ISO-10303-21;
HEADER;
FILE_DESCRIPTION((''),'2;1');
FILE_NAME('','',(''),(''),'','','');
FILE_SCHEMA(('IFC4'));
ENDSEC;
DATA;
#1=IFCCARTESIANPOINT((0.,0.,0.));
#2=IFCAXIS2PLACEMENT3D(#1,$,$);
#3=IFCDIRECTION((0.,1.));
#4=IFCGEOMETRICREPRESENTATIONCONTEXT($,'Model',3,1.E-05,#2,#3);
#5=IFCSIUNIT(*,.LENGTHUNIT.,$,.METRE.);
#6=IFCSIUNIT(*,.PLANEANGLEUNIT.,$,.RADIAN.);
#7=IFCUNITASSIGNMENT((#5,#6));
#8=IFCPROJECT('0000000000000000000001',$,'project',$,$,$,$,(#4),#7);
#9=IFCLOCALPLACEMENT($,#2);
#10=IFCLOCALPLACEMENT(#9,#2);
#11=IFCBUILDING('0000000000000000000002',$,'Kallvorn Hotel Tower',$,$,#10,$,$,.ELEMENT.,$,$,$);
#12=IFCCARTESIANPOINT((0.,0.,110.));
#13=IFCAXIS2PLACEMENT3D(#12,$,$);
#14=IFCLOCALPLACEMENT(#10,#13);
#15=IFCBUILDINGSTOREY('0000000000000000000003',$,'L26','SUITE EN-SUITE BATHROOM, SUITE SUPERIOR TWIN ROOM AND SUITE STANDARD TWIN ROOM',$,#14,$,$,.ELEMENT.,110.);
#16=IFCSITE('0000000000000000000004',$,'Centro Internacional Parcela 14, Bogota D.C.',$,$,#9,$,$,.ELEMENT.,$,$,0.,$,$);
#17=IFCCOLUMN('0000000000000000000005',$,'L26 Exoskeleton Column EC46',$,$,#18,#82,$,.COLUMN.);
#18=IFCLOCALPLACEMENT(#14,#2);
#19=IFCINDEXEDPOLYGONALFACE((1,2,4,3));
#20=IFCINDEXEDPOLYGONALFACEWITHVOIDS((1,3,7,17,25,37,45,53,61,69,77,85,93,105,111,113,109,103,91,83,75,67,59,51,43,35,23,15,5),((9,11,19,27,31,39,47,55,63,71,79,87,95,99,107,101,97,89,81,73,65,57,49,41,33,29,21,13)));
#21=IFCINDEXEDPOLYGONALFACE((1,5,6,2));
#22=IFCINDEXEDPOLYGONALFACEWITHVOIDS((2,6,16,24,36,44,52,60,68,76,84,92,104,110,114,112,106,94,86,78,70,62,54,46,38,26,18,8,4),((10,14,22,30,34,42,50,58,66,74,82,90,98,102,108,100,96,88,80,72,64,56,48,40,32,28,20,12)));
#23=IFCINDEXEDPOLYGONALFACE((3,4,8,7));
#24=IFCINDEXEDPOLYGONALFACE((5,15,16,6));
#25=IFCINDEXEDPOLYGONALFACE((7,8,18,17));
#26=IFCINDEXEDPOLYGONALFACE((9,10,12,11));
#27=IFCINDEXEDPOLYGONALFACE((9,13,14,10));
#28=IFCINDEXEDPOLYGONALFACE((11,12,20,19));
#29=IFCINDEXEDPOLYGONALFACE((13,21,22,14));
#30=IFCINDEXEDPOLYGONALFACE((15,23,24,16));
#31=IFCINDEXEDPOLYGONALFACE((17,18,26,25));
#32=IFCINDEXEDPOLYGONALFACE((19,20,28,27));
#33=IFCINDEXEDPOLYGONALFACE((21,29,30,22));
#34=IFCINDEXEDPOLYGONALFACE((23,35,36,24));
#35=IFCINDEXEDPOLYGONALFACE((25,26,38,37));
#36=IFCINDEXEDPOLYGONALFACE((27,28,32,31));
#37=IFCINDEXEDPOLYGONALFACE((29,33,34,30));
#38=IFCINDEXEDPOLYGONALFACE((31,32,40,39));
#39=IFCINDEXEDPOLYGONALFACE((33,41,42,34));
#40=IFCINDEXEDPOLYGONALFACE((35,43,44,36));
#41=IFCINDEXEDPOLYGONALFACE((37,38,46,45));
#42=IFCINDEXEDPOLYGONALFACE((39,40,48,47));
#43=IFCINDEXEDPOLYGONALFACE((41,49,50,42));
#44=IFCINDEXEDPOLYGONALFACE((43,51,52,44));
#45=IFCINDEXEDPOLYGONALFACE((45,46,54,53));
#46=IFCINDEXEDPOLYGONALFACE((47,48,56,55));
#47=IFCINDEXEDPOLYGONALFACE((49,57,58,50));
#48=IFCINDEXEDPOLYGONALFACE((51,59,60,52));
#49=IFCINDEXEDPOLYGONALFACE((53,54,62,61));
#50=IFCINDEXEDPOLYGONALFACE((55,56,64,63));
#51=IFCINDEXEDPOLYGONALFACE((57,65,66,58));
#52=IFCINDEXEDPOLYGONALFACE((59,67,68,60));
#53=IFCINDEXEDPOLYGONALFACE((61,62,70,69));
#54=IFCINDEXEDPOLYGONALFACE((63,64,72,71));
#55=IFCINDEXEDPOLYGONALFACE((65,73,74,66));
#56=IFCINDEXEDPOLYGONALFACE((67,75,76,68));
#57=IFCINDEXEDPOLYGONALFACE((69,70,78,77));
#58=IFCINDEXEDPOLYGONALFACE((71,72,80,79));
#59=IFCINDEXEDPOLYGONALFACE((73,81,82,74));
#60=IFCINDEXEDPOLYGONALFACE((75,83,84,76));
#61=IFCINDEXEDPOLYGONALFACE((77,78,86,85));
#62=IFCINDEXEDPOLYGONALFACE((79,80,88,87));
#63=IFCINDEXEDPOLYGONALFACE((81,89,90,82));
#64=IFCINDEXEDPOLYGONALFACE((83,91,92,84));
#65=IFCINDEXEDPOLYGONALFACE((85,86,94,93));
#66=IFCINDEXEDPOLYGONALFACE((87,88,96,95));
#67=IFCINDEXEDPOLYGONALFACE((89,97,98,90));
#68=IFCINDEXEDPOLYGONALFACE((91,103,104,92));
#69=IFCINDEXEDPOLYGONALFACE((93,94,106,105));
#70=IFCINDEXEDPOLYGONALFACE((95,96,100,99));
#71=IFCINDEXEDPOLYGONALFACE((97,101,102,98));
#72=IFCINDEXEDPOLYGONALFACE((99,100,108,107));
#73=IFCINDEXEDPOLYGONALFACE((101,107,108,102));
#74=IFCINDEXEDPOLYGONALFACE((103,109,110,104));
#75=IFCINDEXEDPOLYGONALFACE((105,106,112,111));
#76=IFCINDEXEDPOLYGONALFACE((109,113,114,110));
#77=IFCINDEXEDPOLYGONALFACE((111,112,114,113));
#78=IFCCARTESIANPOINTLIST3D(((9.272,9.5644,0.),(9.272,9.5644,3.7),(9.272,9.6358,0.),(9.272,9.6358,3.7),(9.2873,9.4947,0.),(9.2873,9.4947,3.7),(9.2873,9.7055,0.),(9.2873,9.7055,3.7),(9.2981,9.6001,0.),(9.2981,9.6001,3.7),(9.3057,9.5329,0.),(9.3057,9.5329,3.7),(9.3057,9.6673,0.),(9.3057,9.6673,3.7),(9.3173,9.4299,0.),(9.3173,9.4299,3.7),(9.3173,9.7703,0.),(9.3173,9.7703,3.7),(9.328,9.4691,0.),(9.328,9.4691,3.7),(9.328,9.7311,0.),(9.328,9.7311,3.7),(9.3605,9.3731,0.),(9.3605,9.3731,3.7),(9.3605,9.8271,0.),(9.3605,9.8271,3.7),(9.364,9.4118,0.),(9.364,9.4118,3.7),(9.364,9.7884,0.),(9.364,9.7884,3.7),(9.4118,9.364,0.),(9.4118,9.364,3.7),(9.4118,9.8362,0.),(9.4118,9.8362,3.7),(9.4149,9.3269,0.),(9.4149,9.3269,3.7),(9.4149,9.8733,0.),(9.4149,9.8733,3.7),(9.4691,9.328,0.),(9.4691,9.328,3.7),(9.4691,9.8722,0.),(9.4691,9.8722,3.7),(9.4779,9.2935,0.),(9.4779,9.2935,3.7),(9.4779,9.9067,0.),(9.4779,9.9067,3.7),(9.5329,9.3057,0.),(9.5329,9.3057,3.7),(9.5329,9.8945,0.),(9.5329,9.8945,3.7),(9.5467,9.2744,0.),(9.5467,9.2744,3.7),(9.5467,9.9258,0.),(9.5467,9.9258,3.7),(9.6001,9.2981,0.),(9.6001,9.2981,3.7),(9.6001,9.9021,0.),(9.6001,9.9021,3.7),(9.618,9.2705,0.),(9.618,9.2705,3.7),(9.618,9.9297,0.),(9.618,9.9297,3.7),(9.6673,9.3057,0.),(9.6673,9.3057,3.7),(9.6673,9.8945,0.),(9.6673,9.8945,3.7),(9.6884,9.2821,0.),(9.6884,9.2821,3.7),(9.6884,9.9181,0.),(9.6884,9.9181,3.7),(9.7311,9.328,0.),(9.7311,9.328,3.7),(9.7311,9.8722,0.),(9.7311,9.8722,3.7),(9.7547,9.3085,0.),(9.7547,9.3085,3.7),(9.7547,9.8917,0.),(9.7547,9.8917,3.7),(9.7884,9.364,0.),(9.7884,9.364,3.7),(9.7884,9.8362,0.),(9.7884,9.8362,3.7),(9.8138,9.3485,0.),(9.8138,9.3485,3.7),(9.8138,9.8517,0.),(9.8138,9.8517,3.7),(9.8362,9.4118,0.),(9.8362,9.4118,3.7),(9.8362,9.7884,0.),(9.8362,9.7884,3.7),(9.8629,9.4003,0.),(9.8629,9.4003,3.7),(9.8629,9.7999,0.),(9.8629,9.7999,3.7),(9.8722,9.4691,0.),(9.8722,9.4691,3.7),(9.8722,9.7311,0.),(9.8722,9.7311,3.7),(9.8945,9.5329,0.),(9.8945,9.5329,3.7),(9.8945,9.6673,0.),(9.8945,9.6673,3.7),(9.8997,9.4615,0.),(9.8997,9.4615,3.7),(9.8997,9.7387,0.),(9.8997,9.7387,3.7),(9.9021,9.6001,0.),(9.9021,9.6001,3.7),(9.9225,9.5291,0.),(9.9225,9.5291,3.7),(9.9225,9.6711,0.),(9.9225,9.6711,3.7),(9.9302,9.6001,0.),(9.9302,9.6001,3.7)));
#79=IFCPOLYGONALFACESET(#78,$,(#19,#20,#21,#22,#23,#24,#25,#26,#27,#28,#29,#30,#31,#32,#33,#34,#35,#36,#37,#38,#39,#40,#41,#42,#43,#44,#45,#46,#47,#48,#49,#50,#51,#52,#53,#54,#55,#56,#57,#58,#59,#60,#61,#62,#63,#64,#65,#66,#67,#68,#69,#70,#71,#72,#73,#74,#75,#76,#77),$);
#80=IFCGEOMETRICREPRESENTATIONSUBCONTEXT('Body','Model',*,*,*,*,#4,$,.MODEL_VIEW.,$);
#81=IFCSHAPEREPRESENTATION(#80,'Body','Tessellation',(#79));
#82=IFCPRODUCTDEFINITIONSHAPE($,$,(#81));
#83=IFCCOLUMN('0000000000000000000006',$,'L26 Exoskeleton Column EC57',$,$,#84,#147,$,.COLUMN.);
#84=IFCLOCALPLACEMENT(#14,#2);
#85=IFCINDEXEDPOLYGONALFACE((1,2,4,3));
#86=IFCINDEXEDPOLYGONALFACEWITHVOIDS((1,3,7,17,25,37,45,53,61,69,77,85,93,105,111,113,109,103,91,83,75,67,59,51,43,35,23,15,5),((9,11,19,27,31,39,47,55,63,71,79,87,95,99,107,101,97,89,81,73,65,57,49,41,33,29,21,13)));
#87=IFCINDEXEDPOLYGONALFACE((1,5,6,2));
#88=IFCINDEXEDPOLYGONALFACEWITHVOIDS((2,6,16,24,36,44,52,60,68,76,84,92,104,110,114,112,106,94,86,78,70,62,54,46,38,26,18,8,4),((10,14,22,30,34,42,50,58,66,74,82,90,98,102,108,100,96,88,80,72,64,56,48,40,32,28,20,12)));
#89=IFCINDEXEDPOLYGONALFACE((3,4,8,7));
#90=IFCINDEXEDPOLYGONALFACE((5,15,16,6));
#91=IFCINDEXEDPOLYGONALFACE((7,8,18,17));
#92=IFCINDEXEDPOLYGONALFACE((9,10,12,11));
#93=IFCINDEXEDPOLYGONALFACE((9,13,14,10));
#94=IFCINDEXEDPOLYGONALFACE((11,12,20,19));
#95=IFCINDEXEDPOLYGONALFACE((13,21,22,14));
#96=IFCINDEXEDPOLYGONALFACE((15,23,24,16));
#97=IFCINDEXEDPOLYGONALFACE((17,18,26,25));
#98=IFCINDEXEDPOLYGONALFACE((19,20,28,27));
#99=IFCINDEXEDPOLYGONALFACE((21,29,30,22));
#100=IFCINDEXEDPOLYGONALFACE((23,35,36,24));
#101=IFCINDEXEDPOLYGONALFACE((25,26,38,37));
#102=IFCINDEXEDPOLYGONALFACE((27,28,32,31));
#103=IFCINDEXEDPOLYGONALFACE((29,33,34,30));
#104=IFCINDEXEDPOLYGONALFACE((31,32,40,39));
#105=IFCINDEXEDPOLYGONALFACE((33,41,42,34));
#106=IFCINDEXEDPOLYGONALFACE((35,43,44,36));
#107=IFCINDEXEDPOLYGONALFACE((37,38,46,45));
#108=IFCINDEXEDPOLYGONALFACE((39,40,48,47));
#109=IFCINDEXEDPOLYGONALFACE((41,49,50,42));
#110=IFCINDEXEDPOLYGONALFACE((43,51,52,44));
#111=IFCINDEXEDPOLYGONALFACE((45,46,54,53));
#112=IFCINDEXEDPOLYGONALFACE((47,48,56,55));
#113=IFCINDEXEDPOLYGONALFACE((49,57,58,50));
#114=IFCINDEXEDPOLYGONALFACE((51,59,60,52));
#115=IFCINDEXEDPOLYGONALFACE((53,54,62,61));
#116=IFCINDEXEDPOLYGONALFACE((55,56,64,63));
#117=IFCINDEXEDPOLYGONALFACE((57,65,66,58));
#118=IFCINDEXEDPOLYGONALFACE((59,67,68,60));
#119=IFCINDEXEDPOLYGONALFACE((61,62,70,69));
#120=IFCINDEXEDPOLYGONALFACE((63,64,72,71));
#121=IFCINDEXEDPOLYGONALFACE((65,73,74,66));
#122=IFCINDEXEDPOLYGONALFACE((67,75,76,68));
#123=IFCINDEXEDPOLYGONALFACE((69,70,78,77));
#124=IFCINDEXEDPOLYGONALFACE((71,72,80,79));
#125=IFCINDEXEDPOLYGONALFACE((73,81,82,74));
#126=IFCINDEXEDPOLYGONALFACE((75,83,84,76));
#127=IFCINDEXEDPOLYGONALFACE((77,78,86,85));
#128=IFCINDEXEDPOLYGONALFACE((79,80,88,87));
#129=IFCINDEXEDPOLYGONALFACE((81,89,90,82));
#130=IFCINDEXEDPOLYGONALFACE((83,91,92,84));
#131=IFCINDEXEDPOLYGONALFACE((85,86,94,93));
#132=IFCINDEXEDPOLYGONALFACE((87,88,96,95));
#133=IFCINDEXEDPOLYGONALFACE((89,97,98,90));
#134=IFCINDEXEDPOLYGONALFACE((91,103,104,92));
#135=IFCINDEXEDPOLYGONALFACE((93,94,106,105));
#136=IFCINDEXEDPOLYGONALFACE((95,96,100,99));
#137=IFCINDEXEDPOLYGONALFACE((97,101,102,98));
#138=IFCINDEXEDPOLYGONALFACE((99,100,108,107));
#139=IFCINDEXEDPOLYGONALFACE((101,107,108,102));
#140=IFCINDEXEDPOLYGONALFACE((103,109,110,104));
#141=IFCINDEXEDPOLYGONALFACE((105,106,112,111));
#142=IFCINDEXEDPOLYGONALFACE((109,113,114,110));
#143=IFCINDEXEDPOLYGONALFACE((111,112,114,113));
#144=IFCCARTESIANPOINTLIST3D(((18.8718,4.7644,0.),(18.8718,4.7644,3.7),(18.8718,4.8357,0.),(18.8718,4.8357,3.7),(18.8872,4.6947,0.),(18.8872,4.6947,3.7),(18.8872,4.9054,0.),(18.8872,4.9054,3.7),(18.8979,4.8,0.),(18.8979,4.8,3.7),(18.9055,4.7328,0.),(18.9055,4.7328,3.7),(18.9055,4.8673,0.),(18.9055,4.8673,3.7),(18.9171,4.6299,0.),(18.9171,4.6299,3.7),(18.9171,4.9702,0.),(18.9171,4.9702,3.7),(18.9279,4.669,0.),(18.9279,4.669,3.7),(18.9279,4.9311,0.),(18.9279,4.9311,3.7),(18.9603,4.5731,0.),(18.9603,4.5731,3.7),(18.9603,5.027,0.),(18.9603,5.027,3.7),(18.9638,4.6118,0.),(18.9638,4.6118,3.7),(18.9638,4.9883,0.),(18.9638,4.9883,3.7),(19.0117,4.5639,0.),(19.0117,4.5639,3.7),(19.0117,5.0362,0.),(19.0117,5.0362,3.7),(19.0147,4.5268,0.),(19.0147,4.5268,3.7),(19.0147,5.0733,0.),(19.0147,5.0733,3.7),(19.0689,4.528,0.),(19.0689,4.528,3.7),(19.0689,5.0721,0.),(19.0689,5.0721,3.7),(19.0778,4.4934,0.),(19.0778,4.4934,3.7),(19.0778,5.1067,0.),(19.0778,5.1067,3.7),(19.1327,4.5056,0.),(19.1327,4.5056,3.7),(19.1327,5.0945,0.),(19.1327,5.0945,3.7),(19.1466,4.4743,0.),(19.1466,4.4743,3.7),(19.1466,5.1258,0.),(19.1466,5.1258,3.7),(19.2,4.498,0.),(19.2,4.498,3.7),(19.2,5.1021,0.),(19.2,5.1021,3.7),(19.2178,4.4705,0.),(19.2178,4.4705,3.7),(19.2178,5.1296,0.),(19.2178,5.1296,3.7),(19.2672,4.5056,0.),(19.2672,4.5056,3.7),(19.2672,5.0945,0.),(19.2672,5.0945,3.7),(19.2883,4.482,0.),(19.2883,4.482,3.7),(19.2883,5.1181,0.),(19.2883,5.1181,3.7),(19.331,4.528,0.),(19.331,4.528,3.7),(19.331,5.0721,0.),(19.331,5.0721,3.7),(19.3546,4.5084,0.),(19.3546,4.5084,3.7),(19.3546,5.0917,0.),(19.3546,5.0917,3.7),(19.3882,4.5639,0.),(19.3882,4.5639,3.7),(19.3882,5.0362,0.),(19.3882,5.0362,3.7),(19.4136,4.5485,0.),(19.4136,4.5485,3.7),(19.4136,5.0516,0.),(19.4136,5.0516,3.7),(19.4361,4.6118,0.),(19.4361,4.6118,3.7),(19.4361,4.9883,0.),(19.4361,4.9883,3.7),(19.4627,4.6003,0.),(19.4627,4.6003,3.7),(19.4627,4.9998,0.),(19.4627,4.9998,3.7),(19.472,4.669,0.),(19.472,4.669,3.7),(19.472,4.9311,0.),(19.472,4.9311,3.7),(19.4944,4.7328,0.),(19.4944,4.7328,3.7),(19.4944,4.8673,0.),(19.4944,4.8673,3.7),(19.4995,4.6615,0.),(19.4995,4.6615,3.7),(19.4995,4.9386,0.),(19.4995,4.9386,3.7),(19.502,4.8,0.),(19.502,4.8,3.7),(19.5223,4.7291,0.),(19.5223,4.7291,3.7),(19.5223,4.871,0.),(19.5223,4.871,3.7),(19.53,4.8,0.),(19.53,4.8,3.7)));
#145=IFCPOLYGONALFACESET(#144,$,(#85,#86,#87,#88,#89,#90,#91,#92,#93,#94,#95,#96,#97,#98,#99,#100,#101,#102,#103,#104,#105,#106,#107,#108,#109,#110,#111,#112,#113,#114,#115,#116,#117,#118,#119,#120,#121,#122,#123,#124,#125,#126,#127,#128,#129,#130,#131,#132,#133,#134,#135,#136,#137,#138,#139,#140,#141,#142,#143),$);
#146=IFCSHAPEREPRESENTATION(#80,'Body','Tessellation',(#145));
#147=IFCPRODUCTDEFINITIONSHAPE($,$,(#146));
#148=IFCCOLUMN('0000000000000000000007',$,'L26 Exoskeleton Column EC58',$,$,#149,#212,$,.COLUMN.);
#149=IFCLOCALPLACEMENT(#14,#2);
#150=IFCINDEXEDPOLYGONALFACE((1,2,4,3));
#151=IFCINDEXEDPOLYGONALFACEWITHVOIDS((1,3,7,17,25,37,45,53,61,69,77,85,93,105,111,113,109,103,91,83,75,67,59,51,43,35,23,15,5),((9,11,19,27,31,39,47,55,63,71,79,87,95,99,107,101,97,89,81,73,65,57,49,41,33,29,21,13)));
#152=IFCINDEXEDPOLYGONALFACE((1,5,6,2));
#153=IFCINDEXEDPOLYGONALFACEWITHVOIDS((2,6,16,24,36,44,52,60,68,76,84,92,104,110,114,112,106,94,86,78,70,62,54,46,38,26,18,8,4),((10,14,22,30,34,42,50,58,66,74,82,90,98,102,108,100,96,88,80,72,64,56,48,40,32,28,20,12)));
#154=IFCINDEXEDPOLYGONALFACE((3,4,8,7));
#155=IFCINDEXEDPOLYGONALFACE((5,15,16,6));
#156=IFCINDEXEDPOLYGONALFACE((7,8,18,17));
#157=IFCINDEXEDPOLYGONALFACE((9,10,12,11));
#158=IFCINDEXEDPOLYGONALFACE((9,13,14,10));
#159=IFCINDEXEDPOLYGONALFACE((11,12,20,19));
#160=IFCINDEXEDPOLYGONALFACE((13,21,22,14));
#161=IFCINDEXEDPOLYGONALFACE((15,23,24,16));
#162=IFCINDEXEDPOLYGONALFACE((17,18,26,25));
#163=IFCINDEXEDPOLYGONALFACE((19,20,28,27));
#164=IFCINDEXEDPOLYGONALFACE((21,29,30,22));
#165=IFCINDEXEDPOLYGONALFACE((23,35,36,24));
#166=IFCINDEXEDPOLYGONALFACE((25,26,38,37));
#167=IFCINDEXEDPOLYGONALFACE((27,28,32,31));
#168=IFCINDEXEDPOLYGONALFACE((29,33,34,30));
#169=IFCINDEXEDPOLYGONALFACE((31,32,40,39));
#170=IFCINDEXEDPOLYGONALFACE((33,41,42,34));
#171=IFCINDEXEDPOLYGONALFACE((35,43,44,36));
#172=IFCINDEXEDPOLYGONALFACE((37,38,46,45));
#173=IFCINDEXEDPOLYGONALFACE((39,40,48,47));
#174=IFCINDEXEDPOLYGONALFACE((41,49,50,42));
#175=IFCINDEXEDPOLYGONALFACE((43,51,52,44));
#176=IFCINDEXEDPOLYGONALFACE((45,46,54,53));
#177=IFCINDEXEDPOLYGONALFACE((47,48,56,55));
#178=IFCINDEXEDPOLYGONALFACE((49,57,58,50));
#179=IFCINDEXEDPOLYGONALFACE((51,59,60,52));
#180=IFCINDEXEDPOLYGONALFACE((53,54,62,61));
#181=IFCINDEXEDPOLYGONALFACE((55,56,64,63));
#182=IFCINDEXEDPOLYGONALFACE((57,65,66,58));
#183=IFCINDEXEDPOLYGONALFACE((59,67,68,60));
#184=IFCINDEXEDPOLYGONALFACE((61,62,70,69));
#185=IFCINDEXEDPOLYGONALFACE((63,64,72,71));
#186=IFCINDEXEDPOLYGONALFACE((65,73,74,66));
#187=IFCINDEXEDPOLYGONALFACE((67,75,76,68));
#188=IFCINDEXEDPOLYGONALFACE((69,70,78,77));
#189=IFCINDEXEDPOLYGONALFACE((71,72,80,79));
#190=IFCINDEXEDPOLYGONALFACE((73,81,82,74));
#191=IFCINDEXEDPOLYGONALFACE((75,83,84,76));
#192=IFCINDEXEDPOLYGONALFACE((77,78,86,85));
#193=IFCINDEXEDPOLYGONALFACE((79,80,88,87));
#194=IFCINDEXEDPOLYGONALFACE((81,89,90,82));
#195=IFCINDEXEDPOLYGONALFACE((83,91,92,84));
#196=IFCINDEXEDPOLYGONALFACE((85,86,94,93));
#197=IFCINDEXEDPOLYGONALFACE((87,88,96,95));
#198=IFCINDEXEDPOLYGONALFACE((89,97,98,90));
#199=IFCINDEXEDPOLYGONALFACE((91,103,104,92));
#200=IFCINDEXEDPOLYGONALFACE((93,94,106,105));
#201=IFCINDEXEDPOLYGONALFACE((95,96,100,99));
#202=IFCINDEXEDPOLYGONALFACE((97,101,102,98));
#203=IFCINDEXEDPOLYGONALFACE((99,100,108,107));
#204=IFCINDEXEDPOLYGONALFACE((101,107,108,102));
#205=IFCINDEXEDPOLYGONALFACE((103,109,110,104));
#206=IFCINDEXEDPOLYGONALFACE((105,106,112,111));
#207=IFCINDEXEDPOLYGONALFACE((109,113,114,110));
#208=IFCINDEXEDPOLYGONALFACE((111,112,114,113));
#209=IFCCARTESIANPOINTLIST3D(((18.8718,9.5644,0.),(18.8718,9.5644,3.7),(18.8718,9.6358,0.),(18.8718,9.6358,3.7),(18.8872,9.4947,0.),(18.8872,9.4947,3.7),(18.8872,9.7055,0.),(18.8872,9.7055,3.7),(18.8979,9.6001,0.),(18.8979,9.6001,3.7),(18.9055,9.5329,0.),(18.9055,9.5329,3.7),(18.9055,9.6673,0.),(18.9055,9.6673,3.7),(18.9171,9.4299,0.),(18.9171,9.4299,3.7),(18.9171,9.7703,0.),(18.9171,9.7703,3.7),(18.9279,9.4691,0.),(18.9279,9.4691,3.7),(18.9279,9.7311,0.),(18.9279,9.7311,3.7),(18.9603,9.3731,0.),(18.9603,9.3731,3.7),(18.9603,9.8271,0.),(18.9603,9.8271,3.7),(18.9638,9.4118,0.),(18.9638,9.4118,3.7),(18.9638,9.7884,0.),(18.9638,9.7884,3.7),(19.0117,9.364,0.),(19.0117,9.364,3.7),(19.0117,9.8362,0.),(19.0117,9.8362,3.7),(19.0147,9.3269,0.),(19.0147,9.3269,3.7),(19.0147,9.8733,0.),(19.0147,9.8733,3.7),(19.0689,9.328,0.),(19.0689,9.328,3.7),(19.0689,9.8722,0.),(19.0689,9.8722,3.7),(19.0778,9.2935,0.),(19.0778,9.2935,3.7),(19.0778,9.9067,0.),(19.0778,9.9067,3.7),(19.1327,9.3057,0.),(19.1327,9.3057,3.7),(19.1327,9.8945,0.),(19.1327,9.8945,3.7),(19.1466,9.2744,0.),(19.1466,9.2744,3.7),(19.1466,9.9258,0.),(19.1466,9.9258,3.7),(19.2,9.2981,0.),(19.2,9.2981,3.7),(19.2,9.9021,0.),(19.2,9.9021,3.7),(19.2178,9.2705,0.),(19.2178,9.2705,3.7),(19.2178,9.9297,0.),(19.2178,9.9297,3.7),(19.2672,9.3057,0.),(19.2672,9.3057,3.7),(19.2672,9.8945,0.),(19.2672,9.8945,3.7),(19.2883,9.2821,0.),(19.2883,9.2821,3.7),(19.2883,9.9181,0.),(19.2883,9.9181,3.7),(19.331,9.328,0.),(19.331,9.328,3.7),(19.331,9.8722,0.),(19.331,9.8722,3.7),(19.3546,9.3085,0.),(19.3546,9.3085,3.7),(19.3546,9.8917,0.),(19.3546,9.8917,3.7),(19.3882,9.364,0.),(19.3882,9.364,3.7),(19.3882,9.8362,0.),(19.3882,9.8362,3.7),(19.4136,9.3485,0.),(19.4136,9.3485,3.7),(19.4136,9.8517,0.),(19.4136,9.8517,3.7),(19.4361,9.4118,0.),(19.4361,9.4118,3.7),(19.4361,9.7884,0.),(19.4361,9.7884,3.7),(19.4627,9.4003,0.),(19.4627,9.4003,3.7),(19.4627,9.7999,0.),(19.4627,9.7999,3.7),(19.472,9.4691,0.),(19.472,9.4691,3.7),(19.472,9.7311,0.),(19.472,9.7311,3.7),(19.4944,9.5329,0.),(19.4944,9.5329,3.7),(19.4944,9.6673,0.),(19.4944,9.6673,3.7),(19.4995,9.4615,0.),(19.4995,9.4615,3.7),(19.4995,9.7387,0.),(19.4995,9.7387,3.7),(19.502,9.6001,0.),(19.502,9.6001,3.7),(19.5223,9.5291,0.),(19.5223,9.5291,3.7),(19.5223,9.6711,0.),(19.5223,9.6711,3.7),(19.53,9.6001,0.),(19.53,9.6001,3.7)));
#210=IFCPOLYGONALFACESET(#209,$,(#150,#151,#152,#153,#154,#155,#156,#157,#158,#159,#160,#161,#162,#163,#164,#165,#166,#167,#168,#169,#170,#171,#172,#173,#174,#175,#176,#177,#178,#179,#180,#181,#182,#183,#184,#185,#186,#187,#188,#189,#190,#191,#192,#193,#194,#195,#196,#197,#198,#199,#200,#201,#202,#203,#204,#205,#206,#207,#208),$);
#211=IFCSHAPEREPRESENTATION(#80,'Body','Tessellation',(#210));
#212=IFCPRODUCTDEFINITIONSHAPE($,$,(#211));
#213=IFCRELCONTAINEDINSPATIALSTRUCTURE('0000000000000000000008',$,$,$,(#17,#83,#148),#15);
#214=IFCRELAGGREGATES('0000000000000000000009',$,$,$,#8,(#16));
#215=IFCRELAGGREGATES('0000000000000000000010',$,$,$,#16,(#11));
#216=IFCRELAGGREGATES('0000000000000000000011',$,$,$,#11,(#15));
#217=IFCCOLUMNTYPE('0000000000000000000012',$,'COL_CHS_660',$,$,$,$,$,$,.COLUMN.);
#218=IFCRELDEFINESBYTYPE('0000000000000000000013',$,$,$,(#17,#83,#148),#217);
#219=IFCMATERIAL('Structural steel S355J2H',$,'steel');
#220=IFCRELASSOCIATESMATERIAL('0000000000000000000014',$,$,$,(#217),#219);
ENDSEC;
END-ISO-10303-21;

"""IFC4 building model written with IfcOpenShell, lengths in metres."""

from ifc_helpers import new_model, si_unit, direction, frame, origin, origin_2d, place, context, subcontext, project, spatial, hollow_circle, extrude, material, material_profile, profile_set, type_object, element, save


model = new_model("IFC4")

# Units and contexts
model_context = context("Model", 3, precision=1e-05, world=origin(), true_north=direction((0.0, 1.0)))
body_context = subcontext(model_context, "Body", "Model", "MODEL_VIEW")
ifc_project = project(units=[si_unit("LENGTHUNIT", "METRE"), si_unit("PLANEANGLEUNIT", "RADIAN")], contexts=[model_context])

# Site, building, storey
site_placement = place(None, origin())
site = spatial("IfcSite", under=ifc_project, at=site_placement, Name="Centro Internacional Parcela 14, Bogota D.C.", CompositionType="ELEMENT", RefElevation=0.0)
building_placement = place(site_placement, origin())
building = spatial("IfcBuilding", under=site, at=building_placement, Name="Kallvorn Hotel Tower", CompositionType="ELEMENT")
storey_placement = place(building_placement, frame((0.0, 0.0, 110.0)))
storey = spatial("IfcBuildingStorey", under=building, at=storey_placement, Name="L26", Description="SUITE EN-SUITE BATHROOM, SUITE SUPERIOR TWIN ROOM AND SUITE STANDARD TWIN ROOM", CompositionType="ELEMENT", Elevation=110.0)

# Columns
ifc_material_1 = material(Name="Structural steel S355J2H", Category="steel")
ifc_material_profile_1 = material_profile(ifc_material_1, hollow_circle(Radius=0.3301, WallThickness=0.0281, at=origin_2d()), Name="CHS 660x28")
ifc_profile_set_1 = profile_set([ifc_material_profile_1], Name="Structural steel S355J2H")
column_type_1 = type_object("IfcColumnType", Name="COL_CHS_660", PredefinedType="COLUMN", material=ifc_profile_set_1)
for number, where, z_axis, x_axis, name in (
    (1, (9.6001, 9.6001, 0.0), (0.0, 0.0, 1.0), (1.0, 0.0, 0.0), "L26 Exoskeleton Column EC46"),
    (2, (19.2, 4.8, 0.0), (0.0, 0.0, 1.0), (1.0, 0.0, 0.0), "L26 Exoskeleton Column EC57"),
    (3, (19.2, 9.6001, 0.0), (0.0, 0.0, 1.0), (1.0, 0.0, 0.0), "L26 Exoskeleton Column EC58"),
):
    element("IfcColumn", number, at=place(storey_placement, frame(where, z_axis=z_axis, x_axis=x_axis)), inside=storey, type_object=column_type_1, Name=name, PredefinedType="COLUMN", context=body_context, shape_type="SweptSolid", body=[
        extrude(hollow_circle(Radius=0.3301, WallThickness=0.0281, at=origin_2d()), origin(), (0.0, 0.0, 1.0), 3.7),
    ])

save(model, "model.ifc")
